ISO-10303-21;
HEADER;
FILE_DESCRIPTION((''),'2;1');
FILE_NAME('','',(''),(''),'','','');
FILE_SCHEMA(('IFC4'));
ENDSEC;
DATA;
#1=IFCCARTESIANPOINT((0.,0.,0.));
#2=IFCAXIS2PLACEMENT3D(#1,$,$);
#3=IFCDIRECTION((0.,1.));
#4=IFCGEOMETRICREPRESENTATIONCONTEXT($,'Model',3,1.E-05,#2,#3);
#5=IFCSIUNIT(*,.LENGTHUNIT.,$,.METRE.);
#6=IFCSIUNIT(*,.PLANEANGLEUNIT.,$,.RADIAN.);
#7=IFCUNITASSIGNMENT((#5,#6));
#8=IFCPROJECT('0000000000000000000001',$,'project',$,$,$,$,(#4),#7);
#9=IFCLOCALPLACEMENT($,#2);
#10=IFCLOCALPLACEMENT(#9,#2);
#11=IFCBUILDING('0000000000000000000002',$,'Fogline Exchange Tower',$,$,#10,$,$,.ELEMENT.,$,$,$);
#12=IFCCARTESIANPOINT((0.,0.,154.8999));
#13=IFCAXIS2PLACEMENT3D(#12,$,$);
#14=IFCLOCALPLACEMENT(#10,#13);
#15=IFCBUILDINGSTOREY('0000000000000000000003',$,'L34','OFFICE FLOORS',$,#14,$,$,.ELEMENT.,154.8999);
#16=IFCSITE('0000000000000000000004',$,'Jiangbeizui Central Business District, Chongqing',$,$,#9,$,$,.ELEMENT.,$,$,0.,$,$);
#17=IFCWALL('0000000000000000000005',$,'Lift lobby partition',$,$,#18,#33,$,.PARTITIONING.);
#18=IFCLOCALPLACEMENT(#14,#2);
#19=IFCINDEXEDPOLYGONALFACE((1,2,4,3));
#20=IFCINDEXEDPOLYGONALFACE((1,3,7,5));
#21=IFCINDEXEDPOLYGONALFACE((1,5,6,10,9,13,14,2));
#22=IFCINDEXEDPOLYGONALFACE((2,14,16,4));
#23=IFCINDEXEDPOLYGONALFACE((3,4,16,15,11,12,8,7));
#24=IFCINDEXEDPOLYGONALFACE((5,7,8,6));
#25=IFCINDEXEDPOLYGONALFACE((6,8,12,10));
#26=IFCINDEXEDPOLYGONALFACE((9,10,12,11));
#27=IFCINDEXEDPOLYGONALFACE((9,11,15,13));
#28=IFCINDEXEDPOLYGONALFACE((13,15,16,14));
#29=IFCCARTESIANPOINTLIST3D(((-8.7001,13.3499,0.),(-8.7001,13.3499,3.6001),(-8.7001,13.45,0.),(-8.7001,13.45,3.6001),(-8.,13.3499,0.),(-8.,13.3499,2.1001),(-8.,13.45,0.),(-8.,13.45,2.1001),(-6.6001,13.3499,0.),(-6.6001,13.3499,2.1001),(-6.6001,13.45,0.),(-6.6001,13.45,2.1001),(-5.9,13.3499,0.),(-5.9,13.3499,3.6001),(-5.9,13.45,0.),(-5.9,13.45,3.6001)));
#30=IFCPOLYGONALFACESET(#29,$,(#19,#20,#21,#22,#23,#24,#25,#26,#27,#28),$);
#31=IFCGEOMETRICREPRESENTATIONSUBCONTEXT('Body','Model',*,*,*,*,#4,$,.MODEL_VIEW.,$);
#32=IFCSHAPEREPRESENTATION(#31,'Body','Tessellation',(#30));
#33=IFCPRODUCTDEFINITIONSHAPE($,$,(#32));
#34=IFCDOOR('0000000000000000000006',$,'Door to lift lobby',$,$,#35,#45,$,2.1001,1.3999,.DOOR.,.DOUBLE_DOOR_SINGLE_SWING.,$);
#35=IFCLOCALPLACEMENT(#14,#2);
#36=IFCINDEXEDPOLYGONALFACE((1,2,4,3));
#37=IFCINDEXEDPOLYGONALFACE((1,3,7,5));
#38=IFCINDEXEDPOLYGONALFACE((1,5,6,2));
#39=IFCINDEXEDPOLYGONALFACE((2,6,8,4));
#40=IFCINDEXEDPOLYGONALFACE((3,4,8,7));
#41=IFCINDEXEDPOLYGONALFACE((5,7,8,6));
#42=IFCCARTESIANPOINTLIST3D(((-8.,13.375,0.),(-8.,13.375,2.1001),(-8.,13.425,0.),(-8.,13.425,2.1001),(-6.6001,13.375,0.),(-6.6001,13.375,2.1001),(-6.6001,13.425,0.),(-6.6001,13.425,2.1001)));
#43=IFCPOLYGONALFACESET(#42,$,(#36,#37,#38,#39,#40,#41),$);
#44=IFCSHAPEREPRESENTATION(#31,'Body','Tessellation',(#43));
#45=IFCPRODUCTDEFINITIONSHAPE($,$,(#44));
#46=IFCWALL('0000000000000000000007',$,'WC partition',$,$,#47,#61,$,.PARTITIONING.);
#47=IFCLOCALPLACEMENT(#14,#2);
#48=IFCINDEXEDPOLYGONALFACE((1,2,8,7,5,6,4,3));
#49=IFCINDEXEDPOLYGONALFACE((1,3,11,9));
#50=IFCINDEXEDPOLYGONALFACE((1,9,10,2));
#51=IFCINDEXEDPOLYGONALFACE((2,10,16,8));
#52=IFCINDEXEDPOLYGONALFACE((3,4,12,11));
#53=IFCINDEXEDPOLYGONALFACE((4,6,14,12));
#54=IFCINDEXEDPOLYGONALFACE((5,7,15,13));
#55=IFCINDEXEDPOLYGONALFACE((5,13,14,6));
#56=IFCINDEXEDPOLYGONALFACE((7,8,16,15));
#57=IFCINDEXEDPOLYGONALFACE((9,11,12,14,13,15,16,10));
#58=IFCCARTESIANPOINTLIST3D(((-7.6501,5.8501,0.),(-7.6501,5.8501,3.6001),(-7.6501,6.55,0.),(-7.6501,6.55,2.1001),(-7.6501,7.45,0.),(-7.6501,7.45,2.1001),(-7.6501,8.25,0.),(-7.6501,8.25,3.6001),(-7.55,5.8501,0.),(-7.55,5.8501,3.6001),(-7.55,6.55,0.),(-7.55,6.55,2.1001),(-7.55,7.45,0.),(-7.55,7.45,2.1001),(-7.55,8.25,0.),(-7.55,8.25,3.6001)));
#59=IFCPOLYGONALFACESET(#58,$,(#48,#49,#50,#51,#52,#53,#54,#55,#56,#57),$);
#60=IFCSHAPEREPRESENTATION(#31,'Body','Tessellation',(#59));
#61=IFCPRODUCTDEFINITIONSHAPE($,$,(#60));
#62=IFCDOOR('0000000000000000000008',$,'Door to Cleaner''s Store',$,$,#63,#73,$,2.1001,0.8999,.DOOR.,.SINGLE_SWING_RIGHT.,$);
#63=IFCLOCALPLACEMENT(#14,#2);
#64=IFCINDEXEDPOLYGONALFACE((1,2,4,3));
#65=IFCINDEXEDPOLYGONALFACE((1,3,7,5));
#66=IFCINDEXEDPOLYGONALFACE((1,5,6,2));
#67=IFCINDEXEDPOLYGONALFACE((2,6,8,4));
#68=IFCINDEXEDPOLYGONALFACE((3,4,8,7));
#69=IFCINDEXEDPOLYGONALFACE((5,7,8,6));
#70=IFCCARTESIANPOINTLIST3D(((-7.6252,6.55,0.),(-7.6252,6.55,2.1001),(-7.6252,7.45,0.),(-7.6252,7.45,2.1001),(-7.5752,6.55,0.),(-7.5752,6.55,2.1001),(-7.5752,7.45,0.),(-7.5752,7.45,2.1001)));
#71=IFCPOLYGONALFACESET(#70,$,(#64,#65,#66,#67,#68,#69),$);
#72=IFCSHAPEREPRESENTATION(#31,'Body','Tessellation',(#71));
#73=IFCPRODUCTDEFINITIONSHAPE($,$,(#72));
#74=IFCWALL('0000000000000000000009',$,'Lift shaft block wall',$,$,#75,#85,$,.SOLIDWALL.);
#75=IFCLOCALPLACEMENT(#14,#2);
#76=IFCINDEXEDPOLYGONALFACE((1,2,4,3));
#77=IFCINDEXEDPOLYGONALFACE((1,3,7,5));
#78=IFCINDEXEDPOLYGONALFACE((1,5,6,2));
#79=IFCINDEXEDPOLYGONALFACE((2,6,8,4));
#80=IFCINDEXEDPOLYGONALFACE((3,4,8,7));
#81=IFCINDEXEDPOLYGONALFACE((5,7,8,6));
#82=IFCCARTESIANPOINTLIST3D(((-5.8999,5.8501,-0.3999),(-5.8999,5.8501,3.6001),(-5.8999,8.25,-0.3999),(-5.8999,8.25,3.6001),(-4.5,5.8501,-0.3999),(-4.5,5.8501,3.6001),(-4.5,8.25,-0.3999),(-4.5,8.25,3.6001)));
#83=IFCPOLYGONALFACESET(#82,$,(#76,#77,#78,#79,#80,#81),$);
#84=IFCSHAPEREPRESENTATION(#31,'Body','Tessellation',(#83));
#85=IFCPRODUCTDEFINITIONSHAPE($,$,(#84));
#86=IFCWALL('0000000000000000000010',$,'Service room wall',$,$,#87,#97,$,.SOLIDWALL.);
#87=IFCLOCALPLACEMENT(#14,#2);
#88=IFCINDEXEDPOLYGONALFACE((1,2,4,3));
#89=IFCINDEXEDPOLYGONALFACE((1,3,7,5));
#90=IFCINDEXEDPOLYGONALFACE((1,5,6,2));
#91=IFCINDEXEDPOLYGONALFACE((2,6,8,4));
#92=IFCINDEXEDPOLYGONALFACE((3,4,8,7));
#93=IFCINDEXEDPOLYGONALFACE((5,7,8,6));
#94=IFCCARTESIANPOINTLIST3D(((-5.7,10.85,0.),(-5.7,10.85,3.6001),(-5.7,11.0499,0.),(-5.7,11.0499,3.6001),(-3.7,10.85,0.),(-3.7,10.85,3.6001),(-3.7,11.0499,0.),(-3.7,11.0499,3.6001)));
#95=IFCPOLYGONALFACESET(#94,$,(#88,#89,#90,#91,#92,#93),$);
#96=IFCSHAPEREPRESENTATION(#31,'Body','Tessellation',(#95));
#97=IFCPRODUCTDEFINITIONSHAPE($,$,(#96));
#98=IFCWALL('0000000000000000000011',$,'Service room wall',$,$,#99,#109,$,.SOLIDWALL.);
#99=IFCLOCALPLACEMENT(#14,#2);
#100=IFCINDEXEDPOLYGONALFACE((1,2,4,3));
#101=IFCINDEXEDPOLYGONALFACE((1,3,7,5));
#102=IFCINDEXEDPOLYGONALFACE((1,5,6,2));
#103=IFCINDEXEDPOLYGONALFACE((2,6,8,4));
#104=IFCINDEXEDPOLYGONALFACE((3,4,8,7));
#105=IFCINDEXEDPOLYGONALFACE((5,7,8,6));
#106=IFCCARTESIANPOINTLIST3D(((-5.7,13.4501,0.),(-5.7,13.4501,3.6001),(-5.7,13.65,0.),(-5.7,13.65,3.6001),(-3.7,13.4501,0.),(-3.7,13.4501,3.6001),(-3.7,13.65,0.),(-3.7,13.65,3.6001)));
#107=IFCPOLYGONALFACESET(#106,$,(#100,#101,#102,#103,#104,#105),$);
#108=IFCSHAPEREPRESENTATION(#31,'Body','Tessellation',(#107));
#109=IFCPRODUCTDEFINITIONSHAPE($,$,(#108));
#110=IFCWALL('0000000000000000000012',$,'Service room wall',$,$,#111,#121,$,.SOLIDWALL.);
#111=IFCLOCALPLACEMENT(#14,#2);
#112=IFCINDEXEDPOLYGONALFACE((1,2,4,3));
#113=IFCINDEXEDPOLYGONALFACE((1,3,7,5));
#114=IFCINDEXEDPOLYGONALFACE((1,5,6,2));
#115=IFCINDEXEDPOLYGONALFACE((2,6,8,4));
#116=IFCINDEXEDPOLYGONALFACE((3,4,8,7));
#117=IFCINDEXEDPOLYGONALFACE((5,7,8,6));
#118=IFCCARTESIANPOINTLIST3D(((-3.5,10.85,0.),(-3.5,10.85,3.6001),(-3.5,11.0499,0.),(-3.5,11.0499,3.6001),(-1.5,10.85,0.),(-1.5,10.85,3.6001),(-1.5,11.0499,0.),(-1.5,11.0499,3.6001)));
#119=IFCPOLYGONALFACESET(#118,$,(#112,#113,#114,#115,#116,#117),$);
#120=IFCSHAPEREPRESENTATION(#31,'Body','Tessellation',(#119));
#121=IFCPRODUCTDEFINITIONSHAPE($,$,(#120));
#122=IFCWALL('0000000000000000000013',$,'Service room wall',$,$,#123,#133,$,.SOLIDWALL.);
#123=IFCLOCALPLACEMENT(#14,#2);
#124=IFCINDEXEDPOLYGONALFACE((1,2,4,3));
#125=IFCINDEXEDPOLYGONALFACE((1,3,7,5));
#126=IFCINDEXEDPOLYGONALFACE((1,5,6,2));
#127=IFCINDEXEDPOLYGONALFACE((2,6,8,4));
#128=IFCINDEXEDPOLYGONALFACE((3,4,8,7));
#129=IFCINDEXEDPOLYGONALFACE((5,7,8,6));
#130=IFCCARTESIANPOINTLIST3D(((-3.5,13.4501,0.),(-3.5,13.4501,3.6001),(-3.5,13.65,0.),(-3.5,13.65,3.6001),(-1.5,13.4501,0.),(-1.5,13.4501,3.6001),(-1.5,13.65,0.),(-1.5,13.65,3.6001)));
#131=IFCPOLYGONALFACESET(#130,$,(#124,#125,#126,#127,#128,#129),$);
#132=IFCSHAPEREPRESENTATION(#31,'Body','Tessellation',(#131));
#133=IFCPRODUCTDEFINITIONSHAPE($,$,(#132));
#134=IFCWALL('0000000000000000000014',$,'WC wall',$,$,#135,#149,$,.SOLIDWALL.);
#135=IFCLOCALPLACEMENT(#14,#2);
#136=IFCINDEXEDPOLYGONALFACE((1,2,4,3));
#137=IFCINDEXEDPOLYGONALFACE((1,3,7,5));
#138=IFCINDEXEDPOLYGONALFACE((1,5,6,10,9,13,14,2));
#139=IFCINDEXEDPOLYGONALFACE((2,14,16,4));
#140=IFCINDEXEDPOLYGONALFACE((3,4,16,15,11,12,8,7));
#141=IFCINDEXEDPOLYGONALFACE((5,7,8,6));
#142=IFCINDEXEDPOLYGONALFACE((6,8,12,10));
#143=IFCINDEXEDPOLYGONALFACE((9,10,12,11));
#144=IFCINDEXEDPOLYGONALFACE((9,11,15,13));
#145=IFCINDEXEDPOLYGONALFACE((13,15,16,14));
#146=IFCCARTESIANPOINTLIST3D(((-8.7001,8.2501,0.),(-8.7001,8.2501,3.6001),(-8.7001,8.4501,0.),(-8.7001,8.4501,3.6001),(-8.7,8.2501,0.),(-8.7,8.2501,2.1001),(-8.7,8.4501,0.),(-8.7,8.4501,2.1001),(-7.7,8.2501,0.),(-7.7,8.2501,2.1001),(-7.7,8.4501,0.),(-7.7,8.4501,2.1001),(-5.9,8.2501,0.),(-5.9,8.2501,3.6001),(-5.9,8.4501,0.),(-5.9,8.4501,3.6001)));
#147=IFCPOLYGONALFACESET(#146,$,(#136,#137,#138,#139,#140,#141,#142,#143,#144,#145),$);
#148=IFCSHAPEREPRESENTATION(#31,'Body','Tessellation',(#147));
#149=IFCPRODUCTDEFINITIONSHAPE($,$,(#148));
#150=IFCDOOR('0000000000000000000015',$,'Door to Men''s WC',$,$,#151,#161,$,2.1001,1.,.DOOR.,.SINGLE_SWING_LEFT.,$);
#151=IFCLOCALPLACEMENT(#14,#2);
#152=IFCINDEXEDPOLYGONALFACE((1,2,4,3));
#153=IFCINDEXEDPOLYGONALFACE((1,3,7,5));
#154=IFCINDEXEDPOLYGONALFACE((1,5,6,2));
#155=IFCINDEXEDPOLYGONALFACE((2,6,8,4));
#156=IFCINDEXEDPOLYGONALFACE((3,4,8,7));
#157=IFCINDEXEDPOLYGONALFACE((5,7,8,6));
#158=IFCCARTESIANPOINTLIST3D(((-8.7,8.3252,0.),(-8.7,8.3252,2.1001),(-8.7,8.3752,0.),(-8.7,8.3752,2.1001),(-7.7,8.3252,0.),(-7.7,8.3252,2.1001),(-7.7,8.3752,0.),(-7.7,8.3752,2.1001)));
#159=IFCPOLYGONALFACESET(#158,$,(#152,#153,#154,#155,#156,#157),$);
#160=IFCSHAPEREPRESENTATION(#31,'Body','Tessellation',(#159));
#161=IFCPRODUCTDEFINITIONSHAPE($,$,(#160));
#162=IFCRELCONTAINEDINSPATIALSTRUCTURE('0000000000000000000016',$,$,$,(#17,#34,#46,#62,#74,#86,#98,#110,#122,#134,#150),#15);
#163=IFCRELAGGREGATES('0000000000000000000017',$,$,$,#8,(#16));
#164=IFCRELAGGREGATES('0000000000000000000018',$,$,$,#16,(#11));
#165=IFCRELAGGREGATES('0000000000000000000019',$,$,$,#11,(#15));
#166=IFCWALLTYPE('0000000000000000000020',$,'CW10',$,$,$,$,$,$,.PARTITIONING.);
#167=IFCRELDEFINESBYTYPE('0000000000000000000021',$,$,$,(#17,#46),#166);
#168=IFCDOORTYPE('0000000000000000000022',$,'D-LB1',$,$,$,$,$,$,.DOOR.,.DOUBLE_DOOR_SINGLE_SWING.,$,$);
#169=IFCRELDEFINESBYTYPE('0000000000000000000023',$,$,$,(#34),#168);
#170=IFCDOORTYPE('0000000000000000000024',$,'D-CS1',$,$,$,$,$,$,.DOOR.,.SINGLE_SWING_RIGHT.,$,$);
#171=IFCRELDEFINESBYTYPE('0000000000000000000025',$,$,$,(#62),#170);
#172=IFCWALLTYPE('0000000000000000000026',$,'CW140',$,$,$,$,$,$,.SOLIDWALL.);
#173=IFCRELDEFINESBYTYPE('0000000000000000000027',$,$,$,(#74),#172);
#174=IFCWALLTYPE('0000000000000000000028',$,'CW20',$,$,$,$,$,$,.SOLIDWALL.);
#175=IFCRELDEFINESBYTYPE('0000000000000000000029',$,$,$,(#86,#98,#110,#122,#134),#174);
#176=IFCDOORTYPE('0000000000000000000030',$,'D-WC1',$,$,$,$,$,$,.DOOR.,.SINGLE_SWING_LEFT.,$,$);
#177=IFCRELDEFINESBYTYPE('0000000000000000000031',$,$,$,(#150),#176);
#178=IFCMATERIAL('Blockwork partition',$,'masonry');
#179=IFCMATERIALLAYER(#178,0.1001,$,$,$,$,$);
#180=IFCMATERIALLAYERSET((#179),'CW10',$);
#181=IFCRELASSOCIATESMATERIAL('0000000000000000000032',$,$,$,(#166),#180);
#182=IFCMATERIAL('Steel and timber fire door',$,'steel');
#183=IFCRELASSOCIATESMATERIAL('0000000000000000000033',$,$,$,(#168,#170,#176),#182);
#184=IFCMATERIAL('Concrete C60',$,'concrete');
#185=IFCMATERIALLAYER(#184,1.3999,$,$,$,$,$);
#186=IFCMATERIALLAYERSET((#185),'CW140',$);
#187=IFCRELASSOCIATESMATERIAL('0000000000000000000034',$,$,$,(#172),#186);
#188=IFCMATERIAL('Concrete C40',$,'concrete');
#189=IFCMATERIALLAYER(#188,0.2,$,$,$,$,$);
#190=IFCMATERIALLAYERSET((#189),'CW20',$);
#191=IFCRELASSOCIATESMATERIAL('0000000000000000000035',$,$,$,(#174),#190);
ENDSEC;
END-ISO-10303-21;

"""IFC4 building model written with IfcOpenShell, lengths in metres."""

from ifc_helpers import new_model, si_unit, direction, frame, frame_2d, origin, place, context, subcontext, project, spatial, rectangle, extrude, material, layer, layer_set, type_object, element, fill, save


model = new_model("IFC4")

# Units and contexts
model_context = context("Model", 3, precision=1e-05, world=origin(), true_north=direction((0.0, 1.0)))
body_context = subcontext(model_context, "Body", "Model", "MODEL_VIEW")
ifc_project = project(units=[si_unit("LENGTHUNIT", "METRE"), si_unit("PLANEANGLEUNIT", "RADIAN")], contexts=[model_context])

# Site, building, storey
site_placement = place(None, origin())
site = spatial("IfcSite", under=ifc_project, at=site_placement, Name="Jiangbeizui Central Business District, Chongqing", CompositionType="ELEMENT", RefElevation=0.0)
building_placement = place(site_placement, origin())
building = spatial("IfcBuilding", under=site, at=building_placement, Name="Fogline Exchange Tower", CompositionType="ELEMENT")
storey_placement = place(building_placement, frame((0.0, 0.0, 154.8999)))
storey = spatial("IfcBuildingStorey", under=building, at=storey_placement, Name="L34", Description="OFFICE FLOORS", CompositionType="ELEMENT", Elevation=154.8999)

# Walls, openings, doors
ifc_material_1 = material(Name="Blockwork partition", Category="masonry")
ifc_layer_1 = layer(ifc_material_1, 0.1001)
ifc_layer_set_1 = layer_set([ifc_layer_1], Name="CW10")
wall_type_1 = type_object("IfcWallType", Name="CW10", PredefinedType="PARTITIONING", material=ifc_layer_set_1)
wall_1_placement = place(storey_placement, frame((-8.7, 13.3999, 0.0), z_axis=(0.0, 0.0, 1.0), x_axis=(1.0, 0.0, 0.0)))
wall_1 = element("IfcWall", 1, at=wall_1_placement, inside=storey, type_object=wall_type_1, Name="Lift lobby partition", PredefinedType="PARTITIONING", context=body_context, shape_type="SweptSolid", body=[
    extrude(rectangle(XDim=2.8, YDim=0.1001, at=frame_2d((1.3999, 0.0))), origin(), (0.0, 0.0, 1.0), 3.6001),
])
opening_1_placement = place(wall_1_placement, frame((0.7, 0.0, 0.0)))
opening_1 = element("IfcOpeningElement", 2, at=opening_1_placement, cuts=wall_1, PredefinedType="OPENING", context=body_context, shape_type="SweptSolid", body=[
    extrude(rectangle(XDim=1.3999, YDim=2.1001, at=frame_2d((0.7, 1.05))), frame((0.0, 0.0601, 0.0), z_axis=(0.0, -1.0, 0.0), x_axis=(1.0, 0.0, 0.0)), (0.0, 0.0, 1.0), 0.1201),
])
ifc_material_2 = material(Name="Steel and timber fire door", Category="steel")
door_type_1 = type_object("IfcDoorType", Name="D-LB1", OperationType="DOUBLE_DOOR_SINGLE_SWING", PredefinedType="DOOR", material=ifc_material_2)
door_1_placement = place(opening_1_placement, frame((1.3999, 0.0, 0.0), z_axis=(0.0, 0.0, 1.0), x_axis=(-1.0, 0.0, 0.0)))
door_1 = element("IfcDoor", 3, at=door_1_placement, inside=storey, type_object=door_type_1, Name="Door to lift lobby", OperationType="DOUBLE_DOOR_SINGLE_SWING", OverallHeight=2.1001, OverallWidth=1.3999, PredefinedType="DOOR", context=body_context, shape_type="SweptSolid", body=[
    extrude(rectangle(XDim=1.3999, YDim=2.1001, at=frame_2d((0.7, 1.05))), frame((0.0, 0.0249, 0.0), z_axis=(0.0, -1.0, 0.0), x_axis=(1.0, 0.0, 0.0)), (0.0, 0.0, 1.0), 0.05),
])
fill(opening_1, door_1)
wall_2_placement = place(storey_placement, frame((-7.6001, 5.8501, 0.0), z_axis=(0.0, 0.0, 1.0), x_axis=(0.0, 1.0, 0.0)))
wall_2 = element("IfcWall", 4, at=wall_2_placement, inside=storey, type_object=wall_type_1, Name="WC partition", PredefinedType="PARTITIONING", context=body_context, shape_type="SweptSolid", body=[
    extrude(rectangle(XDim=2.3999, YDim=0.1001, at=frame_2d((1.2, 0.0))), origin(), (0.0, 0.0, 1.0), 3.6001),
])
opening_2_placement = place(wall_2_placement, frame((0.7, 0.0, 0.0)))
opening_2 = element("IfcOpeningElement", 5, at=opening_2_placement, cuts=wall_2, PredefinedType="OPENING", context=body_context, shape_type="SweptSolid", body=[
    extrude(rectangle(XDim=0.8999, YDim=2.1001, at=frame_2d((0.45, 1.05))), frame((0.0, 0.0601, 0.0), z_axis=(0.0, -1.0, 0.0), x_axis=(1.0, 0.0, 0.0)), (0.0, 0.0, 1.0), 0.1201),
])
door_type_2 = type_object("IfcDoorType", Name="D-CS1", OperationType="SINGLE_SWING_RIGHT", PredefinedType="DOOR", material=ifc_material_2)
door_2_placement = place(opening_2_placement, frame((0.8999, 0.0, 0.0), z_axis=(0.0, 0.0, 1.0), x_axis=(-1.0, 0.0, 0.0)))
door_2 = element("IfcDoor", 6, at=door_2_placement, inside=storey, type_object=door_type_2, Name="Door to Cleaner's Store", OperationType="SINGLE_SWING_RIGHT", OverallHeight=2.1001, OverallWidth=0.8999, PredefinedType="DOOR", context=body_context, shape_type="SweptSolid", body=[
    extrude(rectangle(XDim=0.8999, YDim=2.1001, at=frame_2d((0.45, 1.05))), frame((0.0, 0.0249, 0.0), z_axis=(0.0, -1.0, 0.0), x_axis=(1.0, 0.0, 0.0)), (0.0, 0.0, 1.0), 0.05),
])
fill(opening_2, door_2)

# Walls
ifc_material_3 = material(Name="Concrete C60", Category="concrete")
ifc_layer_2 = layer(ifc_material_3, 1.3999)
ifc_layer_set_2 = layer_set([ifc_layer_2], Name="CW140")
wall_type_2 = type_object("IfcWallType", Name="CW140", PredefinedType="SOLIDWALL", material=ifc_layer_set_2)
wall_3_placement = place(storey_placement, frame((-5.2, 5.8501, -0.3999), z_axis=(0.0, 0.0, 1.0), x_axis=(0.0, 1.0, 0.0)))
element("IfcWall", 7, at=wall_3_placement, inside=storey, type_object=wall_type_2, Name="Lift shaft block wall", PredefinedType="SOLIDWALL", context=body_context, shape_type="SweptSolid", body=[
    extrude(rectangle(XDim=2.3999, YDim=1.3999, at=frame_2d((1.2, 0.0))), origin(), (0.0, 0.0, 1.0), 4.0),
])
ifc_material_4 = material(Name="Concrete C40", Category="concrete")
ifc_layer_3 = layer(ifc_material_4, 0.2)
ifc_layer_set_3 = layer_set([ifc_layer_3], Name="CW20")
wall_type_3 = type_object("IfcWallType", Name="CW20", PredefinedType="SOLIDWALL", material=ifc_layer_set_3)
for number, where, z_axis, x_axis, name in (
    (8, (-5.7, 10.95, 0.0), (0.0, 0.0, 1.0), (1.0, 0.0, 0.0), "Service room wall"),
    (9, (-5.7, 13.55, 0.0), (0.0, 0.0, 1.0), (1.0, 0.0, 0.0), "Service room wall"),
    (10, (-3.5, 10.95, 0.0), (0.0, 0.0, 1.0), (1.0, 0.0, 0.0), "Service room wall"),
    (11, (-3.5, 13.55, 0.0), (0.0, 0.0, 1.0), (1.0, 0.0, 0.0), "Service room wall"),
):
    element("IfcWall", number, at=place(storey_placement, frame(where, z_axis=z_axis, x_axis=x_axis)), inside=storey, type_object=wall_type_3, Name=name, PredefinedType="SOLIDWALL", context=body_context, shape_type="SweptSolid", body=[
        extrude(rectangle(XDim=2.0, YDim=0.2, at=frame_2d((1.0, 0.0))), origin(), (0.0, 0.0, 1.0), 3.6001),
    ])

# Wall, opening, door
wall_4_placement = place(storey_placement, frame((-8.7, 8.3501, 0.0), z_axis=(0.0, 0.0, 1.0), x_axis=(1.0, 0.0, 0.0)))
wall_4 = element("IfcWall", 12, at=wall_4_placement, inside=storey, type_object=wall_type_3, Name="WC wall", PredefinedType="SOLIDWALL", context=body_context, shape_type="SweptSolid", body=[
    extrude(rectangle(XDim=2.8, YDim=0.2, at=frame_2d((1.3999, 0.0))), origin(), (0.0, 0.0, 1.0), 3.6001),
])
opening_3_placement = place(wall_4_placement, origin())
opening_3 = element("IfcOpeningElement", 13, at=opening_3_placement, cuts=wall_4, PredefinedType="OPENING", context=body_context, shape_type="SweptSolid", body=[
    extrude(rectangle(XDim=1.0, YDim=2.1001, at=frame_2d((0.5, 1.05))), frame((0.0, 0.1099, 0.0), z_axis=(0.0, -1.0, 0.0), x_axis=(1.0, 0.0, 0.0)), (0.0, 0.0, 1.0), 0.22),
])
door_type_3 = type_object("IfcDoorType", Name="D-WC1", OperationType="SINGLE_SWING_LEFT", PredefinedType="DOOR", material=ifc_material_2)
door_3_placement = place(opening_3_placement, frame((1.0, 0.0, 0.0), z_axis=(0.0, 0.0, 1.0), x_axis=(-1.0, 0.0, 0.0)))
door_3 = element("IfcDoor", 14, at=door_3_placement, inside=storey, type_object=door_type_3, Name="Door to Men's WC", OperationType="SINGLE_SWING_LEFT", OverallHeight=2.1001, OverallWidth=1.0, PredefinedType="DOOR", context=body_context, shape_type="SweptSolid", body=[
    extrude(rectangle(XDim=1.0, YDim=2.1001, at=frame_2d((0.5, 1.05))), frame((0.0, 0.0249, 0.0), z_axis=(0.0, -1.0, 0.0), x_axis=(1.0, 0.0, 0.0)), (0.0, 0.0, 1.0), 0.05),
])
fill(opening_3, door_3)

save(model, "model.ifc")
